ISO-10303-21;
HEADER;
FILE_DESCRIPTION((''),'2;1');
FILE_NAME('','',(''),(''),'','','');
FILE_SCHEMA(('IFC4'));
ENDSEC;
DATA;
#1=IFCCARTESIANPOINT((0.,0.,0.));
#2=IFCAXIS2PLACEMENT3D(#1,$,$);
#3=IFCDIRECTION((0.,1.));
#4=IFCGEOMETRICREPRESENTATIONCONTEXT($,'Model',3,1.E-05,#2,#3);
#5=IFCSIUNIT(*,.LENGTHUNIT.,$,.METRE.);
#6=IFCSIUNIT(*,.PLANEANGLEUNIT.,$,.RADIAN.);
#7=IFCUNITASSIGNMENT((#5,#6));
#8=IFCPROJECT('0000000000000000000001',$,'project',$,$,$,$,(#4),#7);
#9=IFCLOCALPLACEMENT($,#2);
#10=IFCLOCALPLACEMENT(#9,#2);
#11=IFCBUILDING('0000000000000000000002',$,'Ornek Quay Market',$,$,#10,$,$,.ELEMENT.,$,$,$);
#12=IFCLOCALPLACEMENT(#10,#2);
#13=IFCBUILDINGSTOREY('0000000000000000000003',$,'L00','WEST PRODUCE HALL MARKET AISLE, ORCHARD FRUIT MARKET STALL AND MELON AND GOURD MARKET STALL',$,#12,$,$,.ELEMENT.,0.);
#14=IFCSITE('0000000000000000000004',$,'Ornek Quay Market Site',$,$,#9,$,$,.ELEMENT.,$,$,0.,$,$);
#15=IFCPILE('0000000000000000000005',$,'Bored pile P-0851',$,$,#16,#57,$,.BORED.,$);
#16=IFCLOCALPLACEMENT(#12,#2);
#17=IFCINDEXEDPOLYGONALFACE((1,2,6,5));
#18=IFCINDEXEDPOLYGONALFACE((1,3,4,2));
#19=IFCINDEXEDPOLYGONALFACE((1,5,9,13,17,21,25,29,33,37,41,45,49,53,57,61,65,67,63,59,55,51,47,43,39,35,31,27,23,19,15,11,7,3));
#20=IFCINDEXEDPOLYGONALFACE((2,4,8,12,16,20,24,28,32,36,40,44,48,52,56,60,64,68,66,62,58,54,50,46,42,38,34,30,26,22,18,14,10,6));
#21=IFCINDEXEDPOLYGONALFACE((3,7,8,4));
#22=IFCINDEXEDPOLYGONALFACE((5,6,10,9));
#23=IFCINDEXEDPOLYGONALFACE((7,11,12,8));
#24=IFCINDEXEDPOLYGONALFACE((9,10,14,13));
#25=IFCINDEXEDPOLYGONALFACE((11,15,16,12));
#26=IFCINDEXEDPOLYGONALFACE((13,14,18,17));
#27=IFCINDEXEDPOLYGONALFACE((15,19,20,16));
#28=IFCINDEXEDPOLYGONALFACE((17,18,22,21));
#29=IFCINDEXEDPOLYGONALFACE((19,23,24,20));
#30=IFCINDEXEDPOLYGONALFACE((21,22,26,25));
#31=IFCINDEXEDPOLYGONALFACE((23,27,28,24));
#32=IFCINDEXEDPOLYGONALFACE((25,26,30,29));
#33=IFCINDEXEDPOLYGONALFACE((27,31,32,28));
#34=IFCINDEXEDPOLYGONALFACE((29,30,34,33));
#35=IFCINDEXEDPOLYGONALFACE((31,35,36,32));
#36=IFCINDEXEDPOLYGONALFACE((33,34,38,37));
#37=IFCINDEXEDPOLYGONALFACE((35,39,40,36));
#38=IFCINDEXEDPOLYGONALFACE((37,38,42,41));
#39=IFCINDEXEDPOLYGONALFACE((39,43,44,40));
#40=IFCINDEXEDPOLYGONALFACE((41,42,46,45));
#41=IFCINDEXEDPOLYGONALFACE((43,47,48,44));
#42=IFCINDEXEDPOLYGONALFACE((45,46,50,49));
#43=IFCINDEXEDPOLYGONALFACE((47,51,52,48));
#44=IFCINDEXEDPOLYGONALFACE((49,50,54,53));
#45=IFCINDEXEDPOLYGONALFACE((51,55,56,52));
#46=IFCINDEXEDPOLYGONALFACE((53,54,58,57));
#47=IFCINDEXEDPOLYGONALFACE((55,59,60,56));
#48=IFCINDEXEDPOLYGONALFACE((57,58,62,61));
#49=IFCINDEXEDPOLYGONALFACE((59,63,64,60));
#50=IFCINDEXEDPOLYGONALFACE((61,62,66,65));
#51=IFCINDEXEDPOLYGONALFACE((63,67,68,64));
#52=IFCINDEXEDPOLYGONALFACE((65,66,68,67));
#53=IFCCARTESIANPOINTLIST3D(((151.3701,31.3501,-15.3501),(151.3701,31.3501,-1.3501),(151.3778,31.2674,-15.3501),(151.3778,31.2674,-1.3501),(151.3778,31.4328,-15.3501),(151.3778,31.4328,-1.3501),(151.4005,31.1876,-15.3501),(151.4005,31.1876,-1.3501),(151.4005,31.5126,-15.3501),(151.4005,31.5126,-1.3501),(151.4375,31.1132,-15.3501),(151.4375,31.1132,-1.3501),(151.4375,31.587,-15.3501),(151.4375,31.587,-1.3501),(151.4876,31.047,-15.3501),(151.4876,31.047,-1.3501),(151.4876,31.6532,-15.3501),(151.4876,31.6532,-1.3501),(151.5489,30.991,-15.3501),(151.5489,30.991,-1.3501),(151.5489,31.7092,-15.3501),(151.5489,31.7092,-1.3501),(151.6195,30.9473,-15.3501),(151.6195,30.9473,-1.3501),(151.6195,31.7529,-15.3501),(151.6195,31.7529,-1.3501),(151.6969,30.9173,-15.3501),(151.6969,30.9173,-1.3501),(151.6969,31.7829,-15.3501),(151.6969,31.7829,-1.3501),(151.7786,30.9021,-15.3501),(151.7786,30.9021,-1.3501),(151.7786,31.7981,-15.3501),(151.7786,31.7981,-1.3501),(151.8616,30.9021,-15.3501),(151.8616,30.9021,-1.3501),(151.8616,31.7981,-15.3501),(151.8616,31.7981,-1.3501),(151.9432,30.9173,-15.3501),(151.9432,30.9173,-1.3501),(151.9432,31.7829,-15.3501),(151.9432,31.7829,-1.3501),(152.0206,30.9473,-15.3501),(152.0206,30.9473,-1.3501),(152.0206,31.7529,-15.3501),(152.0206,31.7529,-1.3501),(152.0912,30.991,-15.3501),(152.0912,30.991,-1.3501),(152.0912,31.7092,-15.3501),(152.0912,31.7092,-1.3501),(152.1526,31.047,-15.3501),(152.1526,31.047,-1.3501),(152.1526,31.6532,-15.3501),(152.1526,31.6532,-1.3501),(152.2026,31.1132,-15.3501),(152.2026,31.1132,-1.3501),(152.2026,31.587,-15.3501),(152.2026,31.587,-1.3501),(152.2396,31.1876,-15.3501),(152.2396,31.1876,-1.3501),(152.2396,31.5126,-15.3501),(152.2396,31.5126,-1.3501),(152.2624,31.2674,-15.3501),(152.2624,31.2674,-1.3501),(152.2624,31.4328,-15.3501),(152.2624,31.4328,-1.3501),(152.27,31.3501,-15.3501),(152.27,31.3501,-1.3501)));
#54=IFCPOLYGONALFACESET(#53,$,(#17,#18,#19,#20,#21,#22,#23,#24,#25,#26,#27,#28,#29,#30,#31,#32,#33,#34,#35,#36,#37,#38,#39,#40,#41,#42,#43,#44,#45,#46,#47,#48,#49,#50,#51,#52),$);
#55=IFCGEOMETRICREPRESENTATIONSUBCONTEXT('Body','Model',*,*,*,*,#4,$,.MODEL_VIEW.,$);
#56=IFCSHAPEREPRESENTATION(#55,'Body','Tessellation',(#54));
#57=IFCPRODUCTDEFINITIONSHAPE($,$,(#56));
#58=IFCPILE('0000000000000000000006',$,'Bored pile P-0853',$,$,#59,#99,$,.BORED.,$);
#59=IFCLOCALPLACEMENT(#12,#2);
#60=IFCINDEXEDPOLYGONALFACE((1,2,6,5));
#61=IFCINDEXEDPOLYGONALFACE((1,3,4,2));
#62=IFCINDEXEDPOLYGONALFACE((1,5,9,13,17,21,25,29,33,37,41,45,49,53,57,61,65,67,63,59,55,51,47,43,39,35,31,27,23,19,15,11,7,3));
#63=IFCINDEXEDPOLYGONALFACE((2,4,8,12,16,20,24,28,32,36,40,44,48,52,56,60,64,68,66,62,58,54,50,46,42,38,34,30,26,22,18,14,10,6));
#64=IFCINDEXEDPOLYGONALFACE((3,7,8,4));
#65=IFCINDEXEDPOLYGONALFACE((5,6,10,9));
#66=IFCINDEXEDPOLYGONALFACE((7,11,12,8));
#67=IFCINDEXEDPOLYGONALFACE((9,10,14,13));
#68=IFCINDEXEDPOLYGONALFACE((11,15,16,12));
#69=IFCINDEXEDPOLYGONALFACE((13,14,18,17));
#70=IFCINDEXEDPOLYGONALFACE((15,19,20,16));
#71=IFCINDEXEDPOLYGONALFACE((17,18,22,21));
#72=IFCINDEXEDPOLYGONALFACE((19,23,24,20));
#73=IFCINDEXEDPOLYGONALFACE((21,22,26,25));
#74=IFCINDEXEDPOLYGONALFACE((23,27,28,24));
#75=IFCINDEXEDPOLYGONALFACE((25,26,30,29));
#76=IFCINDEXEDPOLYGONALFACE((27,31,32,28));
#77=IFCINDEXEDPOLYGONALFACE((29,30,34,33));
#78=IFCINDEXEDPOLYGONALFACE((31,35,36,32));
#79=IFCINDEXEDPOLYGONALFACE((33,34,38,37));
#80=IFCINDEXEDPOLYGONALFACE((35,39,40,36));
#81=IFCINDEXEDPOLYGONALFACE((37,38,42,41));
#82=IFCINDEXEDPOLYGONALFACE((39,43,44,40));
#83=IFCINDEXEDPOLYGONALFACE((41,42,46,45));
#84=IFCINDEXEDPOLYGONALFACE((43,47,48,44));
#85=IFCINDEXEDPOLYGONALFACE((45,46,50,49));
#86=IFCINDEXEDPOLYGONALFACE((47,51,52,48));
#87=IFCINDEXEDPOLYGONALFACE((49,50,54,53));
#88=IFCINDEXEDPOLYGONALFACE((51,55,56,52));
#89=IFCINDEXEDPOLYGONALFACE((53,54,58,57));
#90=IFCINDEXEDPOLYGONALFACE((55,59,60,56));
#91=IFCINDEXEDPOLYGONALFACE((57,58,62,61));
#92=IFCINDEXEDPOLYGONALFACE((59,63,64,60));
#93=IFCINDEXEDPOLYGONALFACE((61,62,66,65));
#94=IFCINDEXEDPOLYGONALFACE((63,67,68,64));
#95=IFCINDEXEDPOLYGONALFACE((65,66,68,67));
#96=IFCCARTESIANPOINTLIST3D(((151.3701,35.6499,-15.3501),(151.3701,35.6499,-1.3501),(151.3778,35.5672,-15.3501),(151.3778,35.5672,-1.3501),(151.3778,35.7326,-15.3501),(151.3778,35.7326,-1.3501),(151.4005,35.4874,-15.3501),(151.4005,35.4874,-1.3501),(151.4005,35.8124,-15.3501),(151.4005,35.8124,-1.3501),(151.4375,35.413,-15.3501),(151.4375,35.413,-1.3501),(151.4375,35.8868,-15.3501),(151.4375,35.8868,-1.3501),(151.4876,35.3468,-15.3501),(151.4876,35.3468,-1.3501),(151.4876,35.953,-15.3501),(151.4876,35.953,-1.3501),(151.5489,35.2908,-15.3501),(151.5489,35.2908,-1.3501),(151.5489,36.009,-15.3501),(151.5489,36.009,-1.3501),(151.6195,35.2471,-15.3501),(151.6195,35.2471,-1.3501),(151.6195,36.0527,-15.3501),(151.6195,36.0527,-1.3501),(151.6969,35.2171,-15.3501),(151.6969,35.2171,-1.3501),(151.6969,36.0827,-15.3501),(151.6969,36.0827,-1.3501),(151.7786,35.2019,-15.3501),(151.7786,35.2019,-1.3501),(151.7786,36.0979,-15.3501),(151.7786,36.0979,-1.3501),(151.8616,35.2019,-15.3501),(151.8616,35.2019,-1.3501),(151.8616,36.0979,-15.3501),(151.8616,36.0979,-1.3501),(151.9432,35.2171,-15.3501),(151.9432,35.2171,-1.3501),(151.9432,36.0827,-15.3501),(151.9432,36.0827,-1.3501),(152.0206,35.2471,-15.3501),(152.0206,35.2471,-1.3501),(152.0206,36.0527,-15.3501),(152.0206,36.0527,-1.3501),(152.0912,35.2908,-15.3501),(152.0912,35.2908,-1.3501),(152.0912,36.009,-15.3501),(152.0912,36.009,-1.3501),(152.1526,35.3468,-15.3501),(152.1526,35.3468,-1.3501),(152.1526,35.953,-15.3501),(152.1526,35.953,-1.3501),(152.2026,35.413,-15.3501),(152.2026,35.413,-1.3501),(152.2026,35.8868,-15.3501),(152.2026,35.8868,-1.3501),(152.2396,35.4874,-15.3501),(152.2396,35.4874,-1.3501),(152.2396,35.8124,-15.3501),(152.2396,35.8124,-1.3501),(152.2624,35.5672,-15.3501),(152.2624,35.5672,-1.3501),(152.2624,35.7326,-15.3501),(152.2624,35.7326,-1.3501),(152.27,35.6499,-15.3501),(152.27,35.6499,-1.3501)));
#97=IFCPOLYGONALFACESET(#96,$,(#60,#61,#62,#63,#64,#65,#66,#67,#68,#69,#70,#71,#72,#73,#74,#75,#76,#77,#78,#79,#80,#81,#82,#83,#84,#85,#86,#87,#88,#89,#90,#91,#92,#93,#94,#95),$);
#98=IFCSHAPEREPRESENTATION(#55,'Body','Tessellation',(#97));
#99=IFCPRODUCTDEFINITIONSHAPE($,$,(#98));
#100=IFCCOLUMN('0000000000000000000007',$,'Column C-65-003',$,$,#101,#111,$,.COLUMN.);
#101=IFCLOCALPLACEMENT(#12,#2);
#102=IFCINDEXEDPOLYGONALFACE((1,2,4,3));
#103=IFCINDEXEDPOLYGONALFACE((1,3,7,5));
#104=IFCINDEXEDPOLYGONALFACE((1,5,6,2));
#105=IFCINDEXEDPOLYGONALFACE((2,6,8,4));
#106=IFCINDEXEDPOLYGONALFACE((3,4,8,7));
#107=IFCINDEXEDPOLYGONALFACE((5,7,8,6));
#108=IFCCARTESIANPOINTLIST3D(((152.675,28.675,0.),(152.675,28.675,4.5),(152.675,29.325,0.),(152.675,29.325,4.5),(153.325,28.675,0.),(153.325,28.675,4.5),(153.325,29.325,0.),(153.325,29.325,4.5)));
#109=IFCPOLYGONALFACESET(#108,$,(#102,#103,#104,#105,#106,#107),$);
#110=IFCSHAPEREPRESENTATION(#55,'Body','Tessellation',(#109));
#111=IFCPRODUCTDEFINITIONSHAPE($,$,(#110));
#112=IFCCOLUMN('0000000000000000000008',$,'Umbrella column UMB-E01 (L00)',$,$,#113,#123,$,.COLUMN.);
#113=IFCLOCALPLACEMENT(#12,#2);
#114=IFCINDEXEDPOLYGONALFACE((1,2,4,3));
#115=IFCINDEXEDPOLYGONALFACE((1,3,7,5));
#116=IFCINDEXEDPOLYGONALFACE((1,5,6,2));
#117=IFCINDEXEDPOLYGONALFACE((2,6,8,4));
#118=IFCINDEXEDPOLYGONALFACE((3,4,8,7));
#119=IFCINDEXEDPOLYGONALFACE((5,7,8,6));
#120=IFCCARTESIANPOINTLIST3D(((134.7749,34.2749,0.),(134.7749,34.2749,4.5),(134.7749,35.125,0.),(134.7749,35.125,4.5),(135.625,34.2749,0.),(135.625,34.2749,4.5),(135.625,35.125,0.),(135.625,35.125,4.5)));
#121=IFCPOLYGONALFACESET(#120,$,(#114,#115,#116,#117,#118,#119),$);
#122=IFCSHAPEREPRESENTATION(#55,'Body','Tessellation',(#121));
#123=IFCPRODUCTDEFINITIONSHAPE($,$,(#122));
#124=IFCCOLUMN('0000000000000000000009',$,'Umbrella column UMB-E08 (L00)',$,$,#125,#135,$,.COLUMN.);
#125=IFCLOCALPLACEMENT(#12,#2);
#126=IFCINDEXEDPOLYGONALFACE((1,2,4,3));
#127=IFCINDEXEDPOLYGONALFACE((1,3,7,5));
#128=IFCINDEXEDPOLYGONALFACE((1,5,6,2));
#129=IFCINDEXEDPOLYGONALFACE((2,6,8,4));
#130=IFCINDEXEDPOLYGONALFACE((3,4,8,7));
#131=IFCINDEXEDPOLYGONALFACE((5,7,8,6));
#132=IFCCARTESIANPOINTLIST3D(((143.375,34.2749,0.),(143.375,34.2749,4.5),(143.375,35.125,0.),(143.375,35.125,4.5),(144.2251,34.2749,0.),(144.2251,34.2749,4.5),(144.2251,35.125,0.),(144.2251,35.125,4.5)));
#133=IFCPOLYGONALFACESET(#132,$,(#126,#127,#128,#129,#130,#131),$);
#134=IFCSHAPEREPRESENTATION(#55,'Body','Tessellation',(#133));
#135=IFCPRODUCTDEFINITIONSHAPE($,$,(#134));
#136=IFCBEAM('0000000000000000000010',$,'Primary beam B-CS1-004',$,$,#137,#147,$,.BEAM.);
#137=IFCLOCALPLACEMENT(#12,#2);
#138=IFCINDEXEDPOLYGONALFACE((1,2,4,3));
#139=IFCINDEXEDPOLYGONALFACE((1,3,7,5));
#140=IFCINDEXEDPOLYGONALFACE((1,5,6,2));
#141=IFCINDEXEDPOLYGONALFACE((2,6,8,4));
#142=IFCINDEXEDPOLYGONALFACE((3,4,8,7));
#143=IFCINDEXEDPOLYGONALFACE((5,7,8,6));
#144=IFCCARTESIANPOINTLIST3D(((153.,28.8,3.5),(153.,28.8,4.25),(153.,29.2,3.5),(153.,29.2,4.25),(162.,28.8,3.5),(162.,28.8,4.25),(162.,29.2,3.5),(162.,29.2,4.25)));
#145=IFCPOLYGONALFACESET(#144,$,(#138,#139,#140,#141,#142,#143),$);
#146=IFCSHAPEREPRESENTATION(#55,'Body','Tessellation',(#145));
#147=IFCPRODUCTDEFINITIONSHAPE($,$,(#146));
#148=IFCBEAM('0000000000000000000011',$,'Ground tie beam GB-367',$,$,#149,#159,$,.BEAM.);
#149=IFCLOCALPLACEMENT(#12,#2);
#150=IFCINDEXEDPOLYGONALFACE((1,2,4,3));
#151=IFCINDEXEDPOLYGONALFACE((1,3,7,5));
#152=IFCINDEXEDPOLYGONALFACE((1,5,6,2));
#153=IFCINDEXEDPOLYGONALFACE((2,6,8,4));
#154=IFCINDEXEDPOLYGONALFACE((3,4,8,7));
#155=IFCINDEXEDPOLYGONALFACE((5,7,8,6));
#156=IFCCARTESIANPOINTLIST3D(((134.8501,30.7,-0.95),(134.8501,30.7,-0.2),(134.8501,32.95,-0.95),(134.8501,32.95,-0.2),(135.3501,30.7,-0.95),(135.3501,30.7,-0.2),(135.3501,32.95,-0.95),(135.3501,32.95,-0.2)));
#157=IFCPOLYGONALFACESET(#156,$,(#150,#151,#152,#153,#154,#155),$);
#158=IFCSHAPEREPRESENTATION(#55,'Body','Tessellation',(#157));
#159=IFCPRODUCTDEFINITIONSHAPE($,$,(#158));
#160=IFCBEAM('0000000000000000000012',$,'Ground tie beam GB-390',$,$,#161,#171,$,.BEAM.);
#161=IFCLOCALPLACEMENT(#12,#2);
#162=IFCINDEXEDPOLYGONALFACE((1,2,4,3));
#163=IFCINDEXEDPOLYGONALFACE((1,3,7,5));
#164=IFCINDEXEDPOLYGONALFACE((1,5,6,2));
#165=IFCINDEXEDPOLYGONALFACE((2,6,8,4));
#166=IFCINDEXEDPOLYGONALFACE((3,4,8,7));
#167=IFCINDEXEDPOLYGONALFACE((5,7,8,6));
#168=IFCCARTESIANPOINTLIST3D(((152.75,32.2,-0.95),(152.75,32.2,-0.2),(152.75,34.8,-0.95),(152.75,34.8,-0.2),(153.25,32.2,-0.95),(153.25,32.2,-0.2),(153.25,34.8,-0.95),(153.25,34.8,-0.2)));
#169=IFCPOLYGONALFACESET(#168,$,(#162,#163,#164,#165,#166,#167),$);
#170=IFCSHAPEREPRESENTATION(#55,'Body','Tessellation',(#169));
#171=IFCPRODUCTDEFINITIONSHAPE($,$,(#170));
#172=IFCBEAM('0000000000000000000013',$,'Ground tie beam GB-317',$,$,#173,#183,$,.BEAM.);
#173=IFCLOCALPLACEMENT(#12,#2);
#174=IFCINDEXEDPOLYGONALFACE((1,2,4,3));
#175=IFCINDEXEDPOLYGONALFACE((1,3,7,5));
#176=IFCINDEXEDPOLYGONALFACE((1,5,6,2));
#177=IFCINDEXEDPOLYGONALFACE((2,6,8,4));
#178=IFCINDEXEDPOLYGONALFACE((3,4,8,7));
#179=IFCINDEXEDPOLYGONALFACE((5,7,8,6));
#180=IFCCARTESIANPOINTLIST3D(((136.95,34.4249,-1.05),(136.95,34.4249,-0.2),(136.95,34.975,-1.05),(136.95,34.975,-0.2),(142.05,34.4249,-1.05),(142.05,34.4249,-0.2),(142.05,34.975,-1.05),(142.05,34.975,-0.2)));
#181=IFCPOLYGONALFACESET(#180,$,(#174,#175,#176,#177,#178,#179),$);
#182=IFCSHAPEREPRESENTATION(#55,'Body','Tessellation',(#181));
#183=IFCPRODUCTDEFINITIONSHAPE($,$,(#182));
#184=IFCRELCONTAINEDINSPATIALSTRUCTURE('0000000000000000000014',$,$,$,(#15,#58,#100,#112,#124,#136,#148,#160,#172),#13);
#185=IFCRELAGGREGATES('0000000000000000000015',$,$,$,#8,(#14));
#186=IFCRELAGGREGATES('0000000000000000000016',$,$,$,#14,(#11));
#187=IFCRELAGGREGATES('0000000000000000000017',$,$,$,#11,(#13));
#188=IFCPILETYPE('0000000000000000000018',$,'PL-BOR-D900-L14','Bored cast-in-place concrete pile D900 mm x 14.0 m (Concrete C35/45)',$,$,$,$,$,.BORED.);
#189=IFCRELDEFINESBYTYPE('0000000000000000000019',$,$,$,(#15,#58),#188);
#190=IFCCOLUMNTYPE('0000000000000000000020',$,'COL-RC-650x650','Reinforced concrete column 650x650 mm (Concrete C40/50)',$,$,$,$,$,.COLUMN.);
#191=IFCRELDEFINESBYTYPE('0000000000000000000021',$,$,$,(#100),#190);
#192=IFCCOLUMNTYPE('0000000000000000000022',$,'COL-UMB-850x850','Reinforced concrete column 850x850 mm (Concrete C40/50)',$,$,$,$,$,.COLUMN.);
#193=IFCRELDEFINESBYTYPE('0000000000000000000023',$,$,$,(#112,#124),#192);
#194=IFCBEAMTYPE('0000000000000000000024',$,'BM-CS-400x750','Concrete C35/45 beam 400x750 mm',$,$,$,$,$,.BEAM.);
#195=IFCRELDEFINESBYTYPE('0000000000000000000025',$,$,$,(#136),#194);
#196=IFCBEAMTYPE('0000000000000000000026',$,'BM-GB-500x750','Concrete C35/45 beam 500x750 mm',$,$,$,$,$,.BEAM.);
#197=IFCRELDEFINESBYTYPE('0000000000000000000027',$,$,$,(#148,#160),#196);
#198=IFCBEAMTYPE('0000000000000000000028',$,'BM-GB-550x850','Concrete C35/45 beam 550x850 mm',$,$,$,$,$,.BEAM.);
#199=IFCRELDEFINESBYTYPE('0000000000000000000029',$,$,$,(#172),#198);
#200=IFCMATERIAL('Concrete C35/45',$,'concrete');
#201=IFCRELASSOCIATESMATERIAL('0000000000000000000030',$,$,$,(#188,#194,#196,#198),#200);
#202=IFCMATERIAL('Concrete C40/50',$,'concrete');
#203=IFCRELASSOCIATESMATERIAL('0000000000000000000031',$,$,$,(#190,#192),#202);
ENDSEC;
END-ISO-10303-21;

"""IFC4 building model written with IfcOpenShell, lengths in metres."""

from ifc_helpers import new_model, si_unit, direction, frame, origin, origin_2d, place, context, subcontext, project, spatial, rectangle, circle, extrude, material, material_profile, profile_set, type_object, element, save


model = new_model("IFC4")

# Units and contexts
model_context = context("Model", 3, precision=1e-05, world=origin(), true_north=direction((0.0, 1.0)))
body_context = subcontext(model_context, "Body", "Model", "MODEL_VIEW")
ifc_project = project(units=[si_unit("LENGTHUNIT", "METRE"), si_unit("PLANEANGLEUNIT", "RADIAN")], contexts=[model_context])

# Site, building, storey
site_placement = place(None, origin())
site = spatial("IfcSite", under=ifc_project, at=site_placement, Name="Ornek Quay Market Site", CompositionType="ELEMENT", RefElevation=0.0)
building_placement = place(site_placement, origin())
building = spatial("IfcBuilding", under=site, at=building_placement, Name="Ornek Quay Market", CompositionType="ELEMENT")
storey_placement = place(building_placement, origin())
storey = spatial("IfcBuildingStorey", under=building, at=storey_placement, Name="L00", Description="WEST PRODUCE HALL MARKET AISLE, ORCHARD FRUIT MARKET STALL AND MELON AND GOURD MARKET STALL", CompositionType="ELEMENT", Elevation=0.0)

# Piles
ifc_material_1 = material(Name="Concrete C35/45", Category="concrete")
ifc_material_profile_1 = material_profile(ifc_material_1, circle(Radius=0.45, at=origin_2d()), Name="PILE D900", Category="concrete")
ifc_profile_set_1 = profile_set([ifc_material_profile_1], Name="Concrete C35/45")
pile_type_1 = type_object("IfcPileType", Name="PL-BOR-D900-L14", Description="Bored cast-in-place concrete pile D900 mm x 14.0 m (Concrete C35/45)", PredefinedType="BORED", material=ifc_profile_set_1)
for number, where, z_axis, x_axis, name in (
    (1, (151.8201, 31.3501, -1.3501), (0.0, 0.0, -1.0), (1.0, 0.0, 0.0), "Bored pile P-0851"),
    (2, (151.8201, 35.6499, -1.3501), (0.0, 0.0, -1.0), (1.0, 0.0, 0.0), "Bored pile P-0853"),
):
    element("IfcPile", number, at=place(storey_placement, frame(where, z_axis=z_axis, x_axis=x_axis)), inside=storey, type_object=pile_type_1, Name=name, PredefinedType="BORED", context=body_context, shape_type="SweptSolid", body=[
        extrude(circle(Radius=0.45, at=origin_2d()), origin(), (0.0, 0.0, 1.0), 14.0),
    ])

# Columns
ifc_material_2 = material(Name="Concrete C40/50", Category="concrete")
ifc_material_profile_2 = material_profile(ifc_material_2, rectangle(XDim=0.6499, YDim=0.6499, at=origin_2d()), Name="RC 650x650", Category="concrete")
ifc_profile_set_2 = profile_set([ifc_material_profile_2], Name="Concrete C40/50")
column_type_1 = type_object("IfcColumnType", Name="COL-RC-650x650", Description="Reinforced concrete column 650x650 mm (Concrete C40/50)", PredefinedType="COLUMN", material=ifc_profile_set_2)
column_placement = place(storey_placement, frame((153.0, 29.0, 0.0), z_axis=(0.0, 0.0, 1.0), x_axis=(1.0, 0.0, 0.0)))
element("IfcColumn", 3, at=column_placement, inside=storey, type_object=column_type_1, Name="Column C-65-003", PredefinedType="COLUMN", context=body_context, shape_type="SweptSolid", body=[
    extrude(rectangle(XDim=0.6499, YDim=0.6499, at=origin_2d()), origin(), (0.0, 0.0, 1.0), 4.5),
])
ifc_material_profile_3 = material_profile(ifc_material_2, rectangle(XDim=0.8501, YDim=0.8501, at=origin_2d()), Name="RC 850x850", Category="concrete")
ifc_profile_set_3 = profile_set([ifc_material_profile_3], Name="Concrete C40/50")
column_type_2 = type_object("IfcColumnType", Name="COL-UMB-850x850", Description="Reinforced concrete column 850x850 mm (Concrete C40/50)", PredefinedType="COLUMN", material=ifc_profile_set_3)
for number, where, z_axis, x_axis, name in (
    (4, (135.2, 34.7, 0.0), (0.0, 0.0, 1.0), (1.0, 0.0, 0.0), "Umbrella column UMB-E01 (L00)"),
    (5, (143.8, 34.7, 0.0), (0.0, 0.0, 1.0), (1.0, 0.0, 0.0), "Umbrella column UMB-E08 (L00)"),
):
    element("IfcColumn", number, at=place(storey_placement, frame(where, z_axis=z_axis, x_axis=x_axis)), inside=storey, type_object=column_type_2, Name=name, PredefinedType="COLUMN", context=body_context, shape_type="SweptSolid", body=[
        extrude(rectangle(XDim=0.8501, YDim=0.8501, at=origin_2d()), origin(), (0.0, 0.0, 1.0), 4.5),
    ])

# Beams
ifc_material_profile_4 = material_profile(ifc_material_1, rectangle(XDim=0.3999, YDim=0.75, at=origin_2d()), Name="RC 400x750", Category="concrete")
ifc_profile_set_4 = profile_set([ifc_material_profile_4], Name="Concrete C35/45")
beam_type_1 = type_object("IfcBeamType", Name="BM-CS-400x750", Description="Concrete C35/45 beam 400x750 mm", PredefinedType="BEAM", material=ifc_profile_set_4)
beam_1_placement = place(storey_placement, frame((153.0, 29.0, 3.875), z_axis=(1.0, 0.0, 0.0), x_axis=(0.0, 1.0, 0.0)))
element("IfcBeam", 6, at=beam_1_placement, inside=storey, type_object=beam_type_1, Name="Primary beam B-CS1-004", PredefinedType="BEAM", context=body_context, shape_type="SweptSolid", body=[
    extrude(rectangle(XDim=0.3999, YDim=0.75, at=origin_2d()), origin(), (0.0, 0.0, 1.0), 9.0),
])
ifc_material_profile_5 = material_profile(ifc_material_1, rectangle(XDim=0.5, YDim=0.75, at=origin_2d()), Name="RC 500x750", Category="concrete")
ifc_profile_set_5 = profile_set([ifc_material_profile_5], Name="Concrete C35/45")
beam_type_2 = type_object("IfcBeamType", Name="BM-GB-500x750", Description="Concrete C35/45 beam 500x750 mm", PredefinedType="BEAM", material=ifc_profile_set_5)
beam_2_placement = place(storey_placement, frame((135.1001, 30.7, -0.575), z_axis=(0.0, 1.0, 0.0), x_axis=(-1.0, 0.0, 0.0)))
element("IfcBeam", 7, at=beam_2_placement, inside=storey, type_object=beam_type_2, Name="Ground tie beam GB-367", PredefinedType="BEAM", context=body_context, shape_type="SweptSolid", body=[
    extrude(rectangle(XDim=0.5, YDim=0.75, at=origin_2d()), origin(), (0.0, 0.0, 1.0), 2.25),
])
beam_3_placement = place(storey_placement, frame((153.0, 32.2, -0.575), z_axis=(0.0, 1.0, 0.0), x_axis=(-1.0, 0.0, 0.0)))
element("IfcBeam", 8, at=beam_3_placement, inside=storey, type_object=beam_type_2, Name="Ground tie beam GB-390", PredefinedType="BEAM", context=body_context, shape_type="SweptSolid", body=[
    extrude(rectangle(XDim=0.5, YDim=0.75, at=origin_2d()), origin(), (0.0, 0.0, 1.0), 2.6001),
])
ifc_material_profile_6 = material_profile(ifc_material_1, rectangle(XDim=0.55, YDim=0.8501, at=origin_2d()), Name="RC 550x850", Category="concrete")
ifc_profile_set_6 = profile_set([ifc_material_profile_6], Name="Concrete C35/45")
beam_type_3 = type_object("IfcBeamType", Name="BM-GB-550x850", Description="Concrete C35/45 beam 550x850 mm", PredefinedType="BEAM", material=ifc_profile_set_6)
beam_4_placement = place(storey_placement, frame((136.95, 34.7, -0.625), z_axis=(1.0, 0.0, 0.0), x_axis=(0.0, 1.0, 0.0)))
element("IfcBeam", 9, at=beam_4_placement, inside=storey, type_object=beam_type_3, Name="Ground tie beam GB-317", PredefinedType="BEAM", context=body_context, shape_type="SweptSolid", body=[
    extrude(rectangle(XDim=0.55, YDim=0.8501, at=origin_2d()), origin(), (0.0, 0.0, 1.0), 5.1001),
])

save(model, "model.ifc")
